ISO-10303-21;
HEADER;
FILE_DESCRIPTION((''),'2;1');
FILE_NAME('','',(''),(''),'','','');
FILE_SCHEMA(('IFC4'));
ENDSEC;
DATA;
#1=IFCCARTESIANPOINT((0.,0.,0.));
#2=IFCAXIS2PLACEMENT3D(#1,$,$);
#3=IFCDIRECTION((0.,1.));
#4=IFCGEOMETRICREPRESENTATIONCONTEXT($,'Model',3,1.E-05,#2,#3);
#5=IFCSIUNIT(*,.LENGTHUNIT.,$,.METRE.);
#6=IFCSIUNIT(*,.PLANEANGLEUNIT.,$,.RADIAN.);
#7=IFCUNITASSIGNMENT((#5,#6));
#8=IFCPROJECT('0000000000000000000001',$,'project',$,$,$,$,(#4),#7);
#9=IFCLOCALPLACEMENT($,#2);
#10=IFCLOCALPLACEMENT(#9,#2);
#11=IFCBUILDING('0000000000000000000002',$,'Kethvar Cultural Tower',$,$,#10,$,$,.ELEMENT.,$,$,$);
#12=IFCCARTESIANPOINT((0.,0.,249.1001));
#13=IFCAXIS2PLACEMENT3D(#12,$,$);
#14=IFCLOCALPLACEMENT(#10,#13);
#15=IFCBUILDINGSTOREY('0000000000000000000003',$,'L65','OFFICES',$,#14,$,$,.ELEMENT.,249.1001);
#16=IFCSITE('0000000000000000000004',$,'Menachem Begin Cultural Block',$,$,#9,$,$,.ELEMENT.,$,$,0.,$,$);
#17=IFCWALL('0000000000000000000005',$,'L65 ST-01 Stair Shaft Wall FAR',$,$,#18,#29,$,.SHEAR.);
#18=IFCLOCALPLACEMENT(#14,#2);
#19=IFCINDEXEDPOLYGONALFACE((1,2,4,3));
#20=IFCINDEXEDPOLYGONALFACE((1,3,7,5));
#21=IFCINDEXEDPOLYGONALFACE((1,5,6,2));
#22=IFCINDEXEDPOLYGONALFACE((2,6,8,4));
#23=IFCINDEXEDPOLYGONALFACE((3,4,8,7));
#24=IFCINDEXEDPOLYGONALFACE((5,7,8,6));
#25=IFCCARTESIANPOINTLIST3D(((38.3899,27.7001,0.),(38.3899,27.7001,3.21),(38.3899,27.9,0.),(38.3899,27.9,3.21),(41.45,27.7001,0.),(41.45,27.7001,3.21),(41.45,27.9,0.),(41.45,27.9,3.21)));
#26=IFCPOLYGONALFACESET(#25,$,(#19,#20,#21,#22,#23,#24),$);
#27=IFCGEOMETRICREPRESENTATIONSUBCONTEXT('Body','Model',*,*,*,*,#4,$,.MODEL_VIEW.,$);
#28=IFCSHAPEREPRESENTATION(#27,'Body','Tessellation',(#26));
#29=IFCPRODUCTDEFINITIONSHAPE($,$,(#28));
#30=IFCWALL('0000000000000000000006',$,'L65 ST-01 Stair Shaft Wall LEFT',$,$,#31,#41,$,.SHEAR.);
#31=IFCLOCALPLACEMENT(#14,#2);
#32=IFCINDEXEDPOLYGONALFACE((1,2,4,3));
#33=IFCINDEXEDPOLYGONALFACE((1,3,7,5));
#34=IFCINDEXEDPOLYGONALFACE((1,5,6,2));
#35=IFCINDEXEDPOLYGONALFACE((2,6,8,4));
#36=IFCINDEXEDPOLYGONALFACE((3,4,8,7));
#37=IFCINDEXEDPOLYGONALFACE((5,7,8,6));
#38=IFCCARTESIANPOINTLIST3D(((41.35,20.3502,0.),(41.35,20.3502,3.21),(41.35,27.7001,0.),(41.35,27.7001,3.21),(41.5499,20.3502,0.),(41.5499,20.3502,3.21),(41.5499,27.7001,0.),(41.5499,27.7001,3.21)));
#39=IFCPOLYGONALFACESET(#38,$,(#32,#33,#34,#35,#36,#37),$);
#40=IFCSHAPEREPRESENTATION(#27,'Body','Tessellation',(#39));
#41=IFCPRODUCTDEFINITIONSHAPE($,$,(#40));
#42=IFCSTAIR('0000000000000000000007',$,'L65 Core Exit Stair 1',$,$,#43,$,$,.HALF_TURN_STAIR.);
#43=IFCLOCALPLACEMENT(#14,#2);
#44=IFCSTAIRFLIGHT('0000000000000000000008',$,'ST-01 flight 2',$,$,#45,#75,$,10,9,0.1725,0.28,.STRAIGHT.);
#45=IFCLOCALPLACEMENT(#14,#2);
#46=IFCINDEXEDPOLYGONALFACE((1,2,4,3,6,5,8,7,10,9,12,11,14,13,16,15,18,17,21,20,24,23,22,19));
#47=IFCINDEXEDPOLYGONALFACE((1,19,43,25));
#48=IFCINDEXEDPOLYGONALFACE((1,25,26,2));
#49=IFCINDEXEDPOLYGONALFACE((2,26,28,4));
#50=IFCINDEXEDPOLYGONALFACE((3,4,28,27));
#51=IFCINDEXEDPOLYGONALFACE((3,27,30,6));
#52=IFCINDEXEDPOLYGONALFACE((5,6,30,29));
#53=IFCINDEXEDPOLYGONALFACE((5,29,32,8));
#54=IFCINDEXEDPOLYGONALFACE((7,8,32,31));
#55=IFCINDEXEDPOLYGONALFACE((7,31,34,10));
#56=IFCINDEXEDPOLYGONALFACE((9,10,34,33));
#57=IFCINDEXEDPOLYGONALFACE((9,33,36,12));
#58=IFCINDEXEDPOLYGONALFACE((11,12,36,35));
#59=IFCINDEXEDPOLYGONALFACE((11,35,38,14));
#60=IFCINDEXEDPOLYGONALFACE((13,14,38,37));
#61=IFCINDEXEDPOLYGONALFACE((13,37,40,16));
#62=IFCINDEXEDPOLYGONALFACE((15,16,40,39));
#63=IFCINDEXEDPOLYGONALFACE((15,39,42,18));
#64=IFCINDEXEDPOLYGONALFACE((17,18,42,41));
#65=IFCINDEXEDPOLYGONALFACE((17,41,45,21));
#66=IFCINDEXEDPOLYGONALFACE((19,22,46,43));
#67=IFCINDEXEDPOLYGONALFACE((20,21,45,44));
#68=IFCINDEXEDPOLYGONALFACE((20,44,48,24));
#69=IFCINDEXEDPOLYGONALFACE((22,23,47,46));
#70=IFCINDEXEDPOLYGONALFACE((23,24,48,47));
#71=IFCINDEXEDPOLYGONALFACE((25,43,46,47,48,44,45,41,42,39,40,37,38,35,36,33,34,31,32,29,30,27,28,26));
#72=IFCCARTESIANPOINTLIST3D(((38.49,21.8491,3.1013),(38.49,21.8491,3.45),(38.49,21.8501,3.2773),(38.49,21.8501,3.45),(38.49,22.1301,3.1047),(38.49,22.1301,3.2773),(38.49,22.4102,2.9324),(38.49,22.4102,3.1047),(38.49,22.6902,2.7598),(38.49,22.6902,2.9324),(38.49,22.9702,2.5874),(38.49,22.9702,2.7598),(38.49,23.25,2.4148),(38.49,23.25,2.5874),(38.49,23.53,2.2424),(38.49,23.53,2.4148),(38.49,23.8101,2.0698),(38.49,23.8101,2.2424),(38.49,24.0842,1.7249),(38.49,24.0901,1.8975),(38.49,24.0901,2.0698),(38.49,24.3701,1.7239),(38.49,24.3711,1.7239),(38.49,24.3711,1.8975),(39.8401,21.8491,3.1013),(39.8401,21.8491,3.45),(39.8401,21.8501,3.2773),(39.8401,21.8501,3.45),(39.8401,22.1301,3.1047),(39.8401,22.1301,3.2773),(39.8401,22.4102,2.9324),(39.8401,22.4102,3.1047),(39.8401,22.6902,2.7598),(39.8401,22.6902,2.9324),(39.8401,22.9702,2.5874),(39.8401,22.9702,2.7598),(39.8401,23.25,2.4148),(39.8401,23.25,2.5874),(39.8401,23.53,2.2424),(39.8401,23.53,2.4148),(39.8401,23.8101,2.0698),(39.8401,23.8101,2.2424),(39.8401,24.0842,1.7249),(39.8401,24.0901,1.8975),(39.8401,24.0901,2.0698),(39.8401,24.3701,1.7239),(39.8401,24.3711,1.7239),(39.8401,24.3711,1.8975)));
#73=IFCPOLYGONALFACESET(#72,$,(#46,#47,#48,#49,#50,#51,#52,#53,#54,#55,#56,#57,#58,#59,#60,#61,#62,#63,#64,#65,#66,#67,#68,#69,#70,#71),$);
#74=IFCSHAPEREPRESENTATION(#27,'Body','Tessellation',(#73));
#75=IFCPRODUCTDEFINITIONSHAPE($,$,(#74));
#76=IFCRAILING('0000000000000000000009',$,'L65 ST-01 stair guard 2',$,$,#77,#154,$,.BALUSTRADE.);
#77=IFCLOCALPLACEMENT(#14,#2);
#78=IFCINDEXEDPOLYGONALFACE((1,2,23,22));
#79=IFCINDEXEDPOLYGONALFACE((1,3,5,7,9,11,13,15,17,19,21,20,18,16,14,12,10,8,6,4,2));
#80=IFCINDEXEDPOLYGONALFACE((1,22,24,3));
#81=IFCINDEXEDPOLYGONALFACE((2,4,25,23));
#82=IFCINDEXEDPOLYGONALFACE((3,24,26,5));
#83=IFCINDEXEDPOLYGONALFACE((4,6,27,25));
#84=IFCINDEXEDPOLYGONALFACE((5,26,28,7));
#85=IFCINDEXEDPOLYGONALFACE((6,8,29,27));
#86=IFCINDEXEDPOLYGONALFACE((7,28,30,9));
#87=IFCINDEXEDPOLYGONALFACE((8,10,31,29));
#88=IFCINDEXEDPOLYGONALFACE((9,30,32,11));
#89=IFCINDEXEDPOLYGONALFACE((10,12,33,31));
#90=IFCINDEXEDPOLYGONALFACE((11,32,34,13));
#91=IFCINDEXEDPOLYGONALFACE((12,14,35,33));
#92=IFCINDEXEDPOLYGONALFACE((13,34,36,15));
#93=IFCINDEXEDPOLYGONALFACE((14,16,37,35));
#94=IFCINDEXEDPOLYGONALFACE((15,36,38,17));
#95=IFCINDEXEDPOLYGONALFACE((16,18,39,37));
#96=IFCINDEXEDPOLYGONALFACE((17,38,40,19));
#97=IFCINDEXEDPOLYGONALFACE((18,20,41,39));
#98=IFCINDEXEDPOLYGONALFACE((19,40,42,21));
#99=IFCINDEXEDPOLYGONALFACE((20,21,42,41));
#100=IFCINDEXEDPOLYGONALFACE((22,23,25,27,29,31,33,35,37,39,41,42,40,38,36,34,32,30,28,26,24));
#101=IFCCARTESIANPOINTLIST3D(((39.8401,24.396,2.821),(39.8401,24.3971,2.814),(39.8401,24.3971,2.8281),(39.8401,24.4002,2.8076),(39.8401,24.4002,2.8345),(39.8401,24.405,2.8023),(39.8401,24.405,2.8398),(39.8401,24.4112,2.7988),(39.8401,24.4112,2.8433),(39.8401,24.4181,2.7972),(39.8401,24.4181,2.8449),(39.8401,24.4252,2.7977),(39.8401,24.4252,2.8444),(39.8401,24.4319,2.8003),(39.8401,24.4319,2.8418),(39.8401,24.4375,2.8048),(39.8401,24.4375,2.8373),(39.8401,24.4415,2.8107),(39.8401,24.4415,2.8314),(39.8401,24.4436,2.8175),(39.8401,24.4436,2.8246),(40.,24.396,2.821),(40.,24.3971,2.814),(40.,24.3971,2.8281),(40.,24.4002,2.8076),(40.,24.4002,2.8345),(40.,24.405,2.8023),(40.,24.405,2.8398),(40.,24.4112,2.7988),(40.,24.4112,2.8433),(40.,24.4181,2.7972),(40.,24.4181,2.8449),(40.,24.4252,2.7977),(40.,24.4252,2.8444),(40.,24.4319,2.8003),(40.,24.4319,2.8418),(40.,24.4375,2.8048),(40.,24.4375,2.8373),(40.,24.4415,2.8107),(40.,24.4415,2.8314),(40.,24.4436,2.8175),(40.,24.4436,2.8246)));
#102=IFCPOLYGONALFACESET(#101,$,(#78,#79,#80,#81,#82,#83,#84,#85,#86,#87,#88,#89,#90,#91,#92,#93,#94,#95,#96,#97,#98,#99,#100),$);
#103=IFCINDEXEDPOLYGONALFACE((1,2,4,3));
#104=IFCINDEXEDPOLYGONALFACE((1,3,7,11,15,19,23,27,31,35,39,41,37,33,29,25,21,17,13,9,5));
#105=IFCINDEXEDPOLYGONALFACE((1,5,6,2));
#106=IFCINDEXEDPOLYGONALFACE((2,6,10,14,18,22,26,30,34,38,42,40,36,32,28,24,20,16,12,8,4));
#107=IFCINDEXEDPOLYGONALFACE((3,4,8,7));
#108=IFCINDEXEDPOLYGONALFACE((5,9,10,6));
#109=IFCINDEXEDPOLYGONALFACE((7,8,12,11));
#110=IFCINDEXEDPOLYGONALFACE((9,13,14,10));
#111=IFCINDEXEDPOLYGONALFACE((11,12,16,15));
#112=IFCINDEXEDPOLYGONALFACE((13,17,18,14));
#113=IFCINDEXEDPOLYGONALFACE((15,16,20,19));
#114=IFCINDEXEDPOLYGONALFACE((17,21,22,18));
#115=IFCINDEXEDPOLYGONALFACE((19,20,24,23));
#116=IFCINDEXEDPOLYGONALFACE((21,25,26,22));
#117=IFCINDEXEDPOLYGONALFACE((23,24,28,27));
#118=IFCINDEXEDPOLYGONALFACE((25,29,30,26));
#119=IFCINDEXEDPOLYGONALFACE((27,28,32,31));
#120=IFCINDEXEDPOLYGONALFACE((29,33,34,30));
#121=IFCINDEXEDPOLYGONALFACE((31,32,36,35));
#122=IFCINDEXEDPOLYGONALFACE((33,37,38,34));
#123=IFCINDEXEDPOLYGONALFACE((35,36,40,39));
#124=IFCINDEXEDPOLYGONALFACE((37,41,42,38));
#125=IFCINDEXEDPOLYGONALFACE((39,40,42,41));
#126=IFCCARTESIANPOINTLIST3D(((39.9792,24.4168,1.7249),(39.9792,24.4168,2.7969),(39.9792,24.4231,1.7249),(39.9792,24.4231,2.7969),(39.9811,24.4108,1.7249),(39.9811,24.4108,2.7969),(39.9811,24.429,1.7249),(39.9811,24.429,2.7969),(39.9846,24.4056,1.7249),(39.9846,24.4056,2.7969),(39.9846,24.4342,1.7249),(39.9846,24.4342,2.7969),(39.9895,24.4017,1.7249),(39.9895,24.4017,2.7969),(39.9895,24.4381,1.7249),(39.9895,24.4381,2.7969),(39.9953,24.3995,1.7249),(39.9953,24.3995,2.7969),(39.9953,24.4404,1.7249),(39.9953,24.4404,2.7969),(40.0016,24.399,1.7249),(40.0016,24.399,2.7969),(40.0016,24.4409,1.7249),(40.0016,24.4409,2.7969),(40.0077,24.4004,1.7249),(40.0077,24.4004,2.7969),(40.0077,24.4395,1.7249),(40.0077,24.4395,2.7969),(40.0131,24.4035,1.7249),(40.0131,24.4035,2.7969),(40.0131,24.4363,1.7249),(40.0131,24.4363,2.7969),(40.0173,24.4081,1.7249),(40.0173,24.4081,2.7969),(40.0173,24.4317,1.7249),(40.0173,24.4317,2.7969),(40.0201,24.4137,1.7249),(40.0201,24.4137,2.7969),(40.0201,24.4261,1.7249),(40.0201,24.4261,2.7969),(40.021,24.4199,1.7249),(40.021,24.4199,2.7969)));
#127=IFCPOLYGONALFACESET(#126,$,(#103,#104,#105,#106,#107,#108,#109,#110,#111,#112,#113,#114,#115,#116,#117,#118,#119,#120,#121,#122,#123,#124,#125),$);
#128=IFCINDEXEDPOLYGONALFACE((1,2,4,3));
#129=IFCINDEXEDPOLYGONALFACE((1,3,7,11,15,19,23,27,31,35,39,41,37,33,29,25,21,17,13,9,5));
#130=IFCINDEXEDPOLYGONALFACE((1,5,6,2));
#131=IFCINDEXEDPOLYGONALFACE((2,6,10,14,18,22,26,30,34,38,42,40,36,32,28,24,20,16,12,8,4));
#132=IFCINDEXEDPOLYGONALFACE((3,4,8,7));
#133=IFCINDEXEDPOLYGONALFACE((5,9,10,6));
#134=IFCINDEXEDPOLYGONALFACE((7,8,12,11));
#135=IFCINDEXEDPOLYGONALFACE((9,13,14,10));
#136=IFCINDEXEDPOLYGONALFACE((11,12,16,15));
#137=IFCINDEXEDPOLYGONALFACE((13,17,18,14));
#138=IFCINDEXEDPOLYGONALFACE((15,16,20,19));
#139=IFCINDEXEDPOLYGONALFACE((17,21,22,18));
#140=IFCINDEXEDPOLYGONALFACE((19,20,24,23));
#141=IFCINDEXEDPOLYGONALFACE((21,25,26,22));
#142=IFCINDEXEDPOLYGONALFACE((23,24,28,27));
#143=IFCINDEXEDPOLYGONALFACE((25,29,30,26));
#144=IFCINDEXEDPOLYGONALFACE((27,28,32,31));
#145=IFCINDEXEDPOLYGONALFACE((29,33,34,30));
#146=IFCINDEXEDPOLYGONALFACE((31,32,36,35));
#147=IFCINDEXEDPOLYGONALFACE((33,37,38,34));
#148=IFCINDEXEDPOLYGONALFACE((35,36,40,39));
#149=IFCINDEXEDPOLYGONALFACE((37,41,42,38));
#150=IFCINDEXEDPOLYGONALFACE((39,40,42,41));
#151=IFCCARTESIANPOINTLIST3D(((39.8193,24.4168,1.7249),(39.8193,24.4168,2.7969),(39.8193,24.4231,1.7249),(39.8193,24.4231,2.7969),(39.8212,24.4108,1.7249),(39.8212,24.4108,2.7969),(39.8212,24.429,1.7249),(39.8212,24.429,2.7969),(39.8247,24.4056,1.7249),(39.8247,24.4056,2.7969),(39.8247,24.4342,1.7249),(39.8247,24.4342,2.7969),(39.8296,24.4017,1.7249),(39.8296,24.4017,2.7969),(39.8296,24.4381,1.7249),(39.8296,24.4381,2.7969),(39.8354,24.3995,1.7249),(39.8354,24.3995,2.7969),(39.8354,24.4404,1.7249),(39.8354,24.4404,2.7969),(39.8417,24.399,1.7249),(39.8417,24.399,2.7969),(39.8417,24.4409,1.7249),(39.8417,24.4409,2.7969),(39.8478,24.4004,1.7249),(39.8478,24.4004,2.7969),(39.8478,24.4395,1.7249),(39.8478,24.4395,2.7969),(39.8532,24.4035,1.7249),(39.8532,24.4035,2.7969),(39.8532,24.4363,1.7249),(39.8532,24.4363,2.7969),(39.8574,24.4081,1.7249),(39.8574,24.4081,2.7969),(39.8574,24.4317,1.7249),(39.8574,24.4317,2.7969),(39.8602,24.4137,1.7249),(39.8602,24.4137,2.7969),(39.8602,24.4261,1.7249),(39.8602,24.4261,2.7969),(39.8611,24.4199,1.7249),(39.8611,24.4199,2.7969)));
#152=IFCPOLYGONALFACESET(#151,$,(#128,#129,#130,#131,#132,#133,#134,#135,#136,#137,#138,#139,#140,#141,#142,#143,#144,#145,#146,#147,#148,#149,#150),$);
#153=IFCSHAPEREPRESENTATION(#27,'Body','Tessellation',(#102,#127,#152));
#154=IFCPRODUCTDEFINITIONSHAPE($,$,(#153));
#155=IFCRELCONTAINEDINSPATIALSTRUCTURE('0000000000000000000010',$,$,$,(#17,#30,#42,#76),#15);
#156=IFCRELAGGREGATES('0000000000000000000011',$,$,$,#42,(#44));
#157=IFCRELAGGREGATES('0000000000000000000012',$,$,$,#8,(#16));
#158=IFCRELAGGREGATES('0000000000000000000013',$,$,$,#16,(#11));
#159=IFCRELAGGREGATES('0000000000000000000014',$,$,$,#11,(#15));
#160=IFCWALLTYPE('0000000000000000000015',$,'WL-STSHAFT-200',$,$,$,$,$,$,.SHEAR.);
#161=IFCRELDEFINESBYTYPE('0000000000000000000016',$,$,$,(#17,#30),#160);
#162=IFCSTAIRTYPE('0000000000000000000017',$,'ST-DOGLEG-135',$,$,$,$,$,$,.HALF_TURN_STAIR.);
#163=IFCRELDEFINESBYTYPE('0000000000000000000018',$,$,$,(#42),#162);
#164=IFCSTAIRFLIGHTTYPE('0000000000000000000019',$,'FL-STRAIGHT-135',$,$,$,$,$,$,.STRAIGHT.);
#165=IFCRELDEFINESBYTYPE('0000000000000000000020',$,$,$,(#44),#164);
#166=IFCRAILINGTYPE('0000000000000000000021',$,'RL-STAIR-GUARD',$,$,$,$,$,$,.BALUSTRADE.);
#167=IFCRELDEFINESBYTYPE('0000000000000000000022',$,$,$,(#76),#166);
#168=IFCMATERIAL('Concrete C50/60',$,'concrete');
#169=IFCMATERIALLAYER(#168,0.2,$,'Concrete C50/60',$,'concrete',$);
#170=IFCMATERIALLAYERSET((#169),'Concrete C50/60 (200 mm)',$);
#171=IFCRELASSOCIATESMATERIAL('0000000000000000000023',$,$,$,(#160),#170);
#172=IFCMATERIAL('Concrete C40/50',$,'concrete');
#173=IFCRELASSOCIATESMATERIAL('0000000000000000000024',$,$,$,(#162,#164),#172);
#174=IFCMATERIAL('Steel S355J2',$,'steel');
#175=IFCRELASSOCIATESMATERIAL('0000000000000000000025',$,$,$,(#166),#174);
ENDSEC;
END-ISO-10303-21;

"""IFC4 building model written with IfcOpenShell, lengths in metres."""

from ifc_helpers import new_model, si_unit, direction, frame, frame_2d, origin, origin_2d, place, context, subcontext, project, spatial, polyline, rectangle, circle, outline, extrude, material, layer, layer_set, type_object, element, aggregate, save


model = new_model("IFC4")

# Units and contexts
model_context = context("Model", 3, precision=1e-05, world=origin(), true_north=direction((0.0, 1.0)))
body_context = subcontext(model_context, "Body", "Model", "MODEL_VIEW")
ifc_project = project(units=[si_unit("LENGTHUNIT", "METRE"), si_unit("PLANEANGLEUNIT", "RADIAN")], contexts=[model_context])

# Site, building, storey
site_placement = place(None, origin())
site = spatial("IfcSite", under=ifc_project, at=site_placement, Name="Menachem Begin Cultural Block", CompositionType="ELEMENT", RefElevation=0.0)
building_placement = place(site_placement, origin())
building = spatial("IfcBuilding", under=site, at=building_placement, Name="Kethvar Cultural Tower", CompositionType="ELEMENT")
storey_placement = place(building_placement, frame((0.0, 0.0, 249.1001)))
storey = spatial("IfcBuildingStorey", under=building, at=storey_placement, Name="L65", Description="OFFICES", CompositionType="ELEMENT", Elevation=249.1001)

# Shared definitions
ifc_material_1 = material(Name="Steel S355J2", Category="steel")

# Shared definitions
ifc_material_2 = material(Name="Concrete C40/50", Category="concrete")

# Shared definitions
ifc_material_3 = material(Name="Concrete C50/60", Category="concrete")

# Walls
ifc_layer_1 = layer(ifc_material_3, 0.2, Name="Concrete C50/60", Category="concrete")
ifc_layer_set_1 = layer_set([ifc_layer_1], Name="Concrete C50/60 (200 mm)")
wall_type_1 = type_object("IfcWallType", Name="WL-STSHAFT-200", PredefinedType="SHEAR", material=ifc_layer_set_1)
wall_1_placement = place(storey_placement, frame((38.3899, 27.8, 0.0), z_axis=(0.0, 0.0, 1.0), x_axis=(1.0, 0.0, 0.0)))
element("IfcWall", 1, at=wall_1_placement, inside=storey, type_object=wall_type_1, Name="L65 ST-01 Stair Shaft Wall FAR", PredefinedType="SHEAR", context=body_context, shape_type="SweptSolid", body=[
    extrude(rectangle(XDim=3.0601, YDim=0.2, at=frame_2d((1.53, 0.0))), origin(), (0.0, 0.0, 1.0), 3.21),
])
wall_2_placement = place(storey_placement, frame((41.45, 27.7, 0.0), z_axis=(0.0, 0.0, 1.0), x_axis=(0.0, -1.0, 0.0)))
element("IfcWall", 2, at=wall_2_placement, inside=storey, type_object=wall_type_1, Name="L65 ST-01 Stair Shaft Wall LEFT", PredefinedType="SHEAR", context=body_context, shape_type="SweptSolid", body=[
    extrude(rectangle(XDim=7.3499, YDim=0.2, at=frame_2d((3.6748, 0.0))), origin(), (0.0, 0.0, 1.0), 3.21),
])

# Stair, stair flight
stair_type = type_object("IfcStairType", Name="ST-DOGLEG-135", PredefinedType="HALF_TURN_STAIR", material=ifc_material_2)
stair_placement = place(storey_placement, origin())
stair = element("IfcStair", 3, at=stair_placement, inside=storey, type_object=stair_type, Name="L65 Core Exit Stair 1", PredefinedType="HALF_TURN_STAIR")
stair_flight_type = type_object("IfcStairFlightType", Name="FL-STRAIGHT-135", PredefinedType="STRAIGHT", material=ifc_material_2)
stair_flight_placement = place(storey_placement, frame((39.165, 24.3701, 1.7249), z_axis=(0.0, 0.0, 1.0), x_axis=(0.0, -1.0, 0.0)))
stair_flight = element("IfcStairFlight", 4, at=stair_flight_placement, type_object=stair_flight_type, Name="ST-01 flight 2", NumberOfRisers=10, NumberOfTreads=9, PredefinedType="STRAIGHT", RiserHeight=0.1725, TreadLength=0.28, context=body_context, shape_type="SweptSolid", body=[
    extrude(outline(polyline([(-0.001, -0.001), (-0.001, 0.1726), (0.28, 0.1726), (0.28, 0.345), (0.5601, 0.345), (0.5601, 0.5176), (0.8401, 0.5176), (0.8401, 0.6899), (1.1201, 0.6899), (1.1201, 0.8625), (1.3999, 0.8625), (1.3999, 1.0349), (1.6799, 1.0349), (1.6799, 1.2075), (1.96, 1.2075), (1.96, 1.3799), (2.24, 1.3799), (2.24, 1.5525), (2.52, 1.5525), (2.52, 1.7251), (2.521, 1.7251), (2.521, 1.3765), (0.2859, 0.0), (0.0, -0.001), (-0.001, -0.001)])), frame((0.0, 0.675, 0.0), z_axis=(0.0, -1.0, 0.0), x_axis=(1.0, 0.0, 0.0)), (0.0, 0.0, 1.0), 1.3501),
])
aggregate(stair, [stair_flight])

# Railing
railing_type_1 = type_object("IfcRailingType", Name="RL-STAIR-GUARD", PredefinedType="BALUSTRADE", material=ifc_material_1)
railing_1_placement = place(storey_placement, frame((40.0, 24.4199, 1.7249)))
element("IfcRailing", 5, at=railing_1_placement, inside=storey, type_object=railing_type_1, Name="L65 ST-01 stair guard 2", PredefinedType="BALUSTRADE", context=body_context, shape_type="SweptSolid", body=[
    extrude(circle(Radius=0.0239, at=origin_2d()), frame((0.0, 0.0, 1.0962), z_axis=(-1.0, 0.0, 0.0), x_axis=(0.0, -1.0, 0.0)), (0.0, 0.0, 1.0), 0.1599),
    extrude(circle(Radius=0.021, at=origin_2d()), origin(), (0.0, 0.0, 1.0), 1.072),
    extrude(circle(Radius=0.021, at=origin_2d()), frame((-0.1599, 0.0, 0.0)), (0.0, 0.0, 1.0), 1.072),
])

save(model, "model.ifc")
